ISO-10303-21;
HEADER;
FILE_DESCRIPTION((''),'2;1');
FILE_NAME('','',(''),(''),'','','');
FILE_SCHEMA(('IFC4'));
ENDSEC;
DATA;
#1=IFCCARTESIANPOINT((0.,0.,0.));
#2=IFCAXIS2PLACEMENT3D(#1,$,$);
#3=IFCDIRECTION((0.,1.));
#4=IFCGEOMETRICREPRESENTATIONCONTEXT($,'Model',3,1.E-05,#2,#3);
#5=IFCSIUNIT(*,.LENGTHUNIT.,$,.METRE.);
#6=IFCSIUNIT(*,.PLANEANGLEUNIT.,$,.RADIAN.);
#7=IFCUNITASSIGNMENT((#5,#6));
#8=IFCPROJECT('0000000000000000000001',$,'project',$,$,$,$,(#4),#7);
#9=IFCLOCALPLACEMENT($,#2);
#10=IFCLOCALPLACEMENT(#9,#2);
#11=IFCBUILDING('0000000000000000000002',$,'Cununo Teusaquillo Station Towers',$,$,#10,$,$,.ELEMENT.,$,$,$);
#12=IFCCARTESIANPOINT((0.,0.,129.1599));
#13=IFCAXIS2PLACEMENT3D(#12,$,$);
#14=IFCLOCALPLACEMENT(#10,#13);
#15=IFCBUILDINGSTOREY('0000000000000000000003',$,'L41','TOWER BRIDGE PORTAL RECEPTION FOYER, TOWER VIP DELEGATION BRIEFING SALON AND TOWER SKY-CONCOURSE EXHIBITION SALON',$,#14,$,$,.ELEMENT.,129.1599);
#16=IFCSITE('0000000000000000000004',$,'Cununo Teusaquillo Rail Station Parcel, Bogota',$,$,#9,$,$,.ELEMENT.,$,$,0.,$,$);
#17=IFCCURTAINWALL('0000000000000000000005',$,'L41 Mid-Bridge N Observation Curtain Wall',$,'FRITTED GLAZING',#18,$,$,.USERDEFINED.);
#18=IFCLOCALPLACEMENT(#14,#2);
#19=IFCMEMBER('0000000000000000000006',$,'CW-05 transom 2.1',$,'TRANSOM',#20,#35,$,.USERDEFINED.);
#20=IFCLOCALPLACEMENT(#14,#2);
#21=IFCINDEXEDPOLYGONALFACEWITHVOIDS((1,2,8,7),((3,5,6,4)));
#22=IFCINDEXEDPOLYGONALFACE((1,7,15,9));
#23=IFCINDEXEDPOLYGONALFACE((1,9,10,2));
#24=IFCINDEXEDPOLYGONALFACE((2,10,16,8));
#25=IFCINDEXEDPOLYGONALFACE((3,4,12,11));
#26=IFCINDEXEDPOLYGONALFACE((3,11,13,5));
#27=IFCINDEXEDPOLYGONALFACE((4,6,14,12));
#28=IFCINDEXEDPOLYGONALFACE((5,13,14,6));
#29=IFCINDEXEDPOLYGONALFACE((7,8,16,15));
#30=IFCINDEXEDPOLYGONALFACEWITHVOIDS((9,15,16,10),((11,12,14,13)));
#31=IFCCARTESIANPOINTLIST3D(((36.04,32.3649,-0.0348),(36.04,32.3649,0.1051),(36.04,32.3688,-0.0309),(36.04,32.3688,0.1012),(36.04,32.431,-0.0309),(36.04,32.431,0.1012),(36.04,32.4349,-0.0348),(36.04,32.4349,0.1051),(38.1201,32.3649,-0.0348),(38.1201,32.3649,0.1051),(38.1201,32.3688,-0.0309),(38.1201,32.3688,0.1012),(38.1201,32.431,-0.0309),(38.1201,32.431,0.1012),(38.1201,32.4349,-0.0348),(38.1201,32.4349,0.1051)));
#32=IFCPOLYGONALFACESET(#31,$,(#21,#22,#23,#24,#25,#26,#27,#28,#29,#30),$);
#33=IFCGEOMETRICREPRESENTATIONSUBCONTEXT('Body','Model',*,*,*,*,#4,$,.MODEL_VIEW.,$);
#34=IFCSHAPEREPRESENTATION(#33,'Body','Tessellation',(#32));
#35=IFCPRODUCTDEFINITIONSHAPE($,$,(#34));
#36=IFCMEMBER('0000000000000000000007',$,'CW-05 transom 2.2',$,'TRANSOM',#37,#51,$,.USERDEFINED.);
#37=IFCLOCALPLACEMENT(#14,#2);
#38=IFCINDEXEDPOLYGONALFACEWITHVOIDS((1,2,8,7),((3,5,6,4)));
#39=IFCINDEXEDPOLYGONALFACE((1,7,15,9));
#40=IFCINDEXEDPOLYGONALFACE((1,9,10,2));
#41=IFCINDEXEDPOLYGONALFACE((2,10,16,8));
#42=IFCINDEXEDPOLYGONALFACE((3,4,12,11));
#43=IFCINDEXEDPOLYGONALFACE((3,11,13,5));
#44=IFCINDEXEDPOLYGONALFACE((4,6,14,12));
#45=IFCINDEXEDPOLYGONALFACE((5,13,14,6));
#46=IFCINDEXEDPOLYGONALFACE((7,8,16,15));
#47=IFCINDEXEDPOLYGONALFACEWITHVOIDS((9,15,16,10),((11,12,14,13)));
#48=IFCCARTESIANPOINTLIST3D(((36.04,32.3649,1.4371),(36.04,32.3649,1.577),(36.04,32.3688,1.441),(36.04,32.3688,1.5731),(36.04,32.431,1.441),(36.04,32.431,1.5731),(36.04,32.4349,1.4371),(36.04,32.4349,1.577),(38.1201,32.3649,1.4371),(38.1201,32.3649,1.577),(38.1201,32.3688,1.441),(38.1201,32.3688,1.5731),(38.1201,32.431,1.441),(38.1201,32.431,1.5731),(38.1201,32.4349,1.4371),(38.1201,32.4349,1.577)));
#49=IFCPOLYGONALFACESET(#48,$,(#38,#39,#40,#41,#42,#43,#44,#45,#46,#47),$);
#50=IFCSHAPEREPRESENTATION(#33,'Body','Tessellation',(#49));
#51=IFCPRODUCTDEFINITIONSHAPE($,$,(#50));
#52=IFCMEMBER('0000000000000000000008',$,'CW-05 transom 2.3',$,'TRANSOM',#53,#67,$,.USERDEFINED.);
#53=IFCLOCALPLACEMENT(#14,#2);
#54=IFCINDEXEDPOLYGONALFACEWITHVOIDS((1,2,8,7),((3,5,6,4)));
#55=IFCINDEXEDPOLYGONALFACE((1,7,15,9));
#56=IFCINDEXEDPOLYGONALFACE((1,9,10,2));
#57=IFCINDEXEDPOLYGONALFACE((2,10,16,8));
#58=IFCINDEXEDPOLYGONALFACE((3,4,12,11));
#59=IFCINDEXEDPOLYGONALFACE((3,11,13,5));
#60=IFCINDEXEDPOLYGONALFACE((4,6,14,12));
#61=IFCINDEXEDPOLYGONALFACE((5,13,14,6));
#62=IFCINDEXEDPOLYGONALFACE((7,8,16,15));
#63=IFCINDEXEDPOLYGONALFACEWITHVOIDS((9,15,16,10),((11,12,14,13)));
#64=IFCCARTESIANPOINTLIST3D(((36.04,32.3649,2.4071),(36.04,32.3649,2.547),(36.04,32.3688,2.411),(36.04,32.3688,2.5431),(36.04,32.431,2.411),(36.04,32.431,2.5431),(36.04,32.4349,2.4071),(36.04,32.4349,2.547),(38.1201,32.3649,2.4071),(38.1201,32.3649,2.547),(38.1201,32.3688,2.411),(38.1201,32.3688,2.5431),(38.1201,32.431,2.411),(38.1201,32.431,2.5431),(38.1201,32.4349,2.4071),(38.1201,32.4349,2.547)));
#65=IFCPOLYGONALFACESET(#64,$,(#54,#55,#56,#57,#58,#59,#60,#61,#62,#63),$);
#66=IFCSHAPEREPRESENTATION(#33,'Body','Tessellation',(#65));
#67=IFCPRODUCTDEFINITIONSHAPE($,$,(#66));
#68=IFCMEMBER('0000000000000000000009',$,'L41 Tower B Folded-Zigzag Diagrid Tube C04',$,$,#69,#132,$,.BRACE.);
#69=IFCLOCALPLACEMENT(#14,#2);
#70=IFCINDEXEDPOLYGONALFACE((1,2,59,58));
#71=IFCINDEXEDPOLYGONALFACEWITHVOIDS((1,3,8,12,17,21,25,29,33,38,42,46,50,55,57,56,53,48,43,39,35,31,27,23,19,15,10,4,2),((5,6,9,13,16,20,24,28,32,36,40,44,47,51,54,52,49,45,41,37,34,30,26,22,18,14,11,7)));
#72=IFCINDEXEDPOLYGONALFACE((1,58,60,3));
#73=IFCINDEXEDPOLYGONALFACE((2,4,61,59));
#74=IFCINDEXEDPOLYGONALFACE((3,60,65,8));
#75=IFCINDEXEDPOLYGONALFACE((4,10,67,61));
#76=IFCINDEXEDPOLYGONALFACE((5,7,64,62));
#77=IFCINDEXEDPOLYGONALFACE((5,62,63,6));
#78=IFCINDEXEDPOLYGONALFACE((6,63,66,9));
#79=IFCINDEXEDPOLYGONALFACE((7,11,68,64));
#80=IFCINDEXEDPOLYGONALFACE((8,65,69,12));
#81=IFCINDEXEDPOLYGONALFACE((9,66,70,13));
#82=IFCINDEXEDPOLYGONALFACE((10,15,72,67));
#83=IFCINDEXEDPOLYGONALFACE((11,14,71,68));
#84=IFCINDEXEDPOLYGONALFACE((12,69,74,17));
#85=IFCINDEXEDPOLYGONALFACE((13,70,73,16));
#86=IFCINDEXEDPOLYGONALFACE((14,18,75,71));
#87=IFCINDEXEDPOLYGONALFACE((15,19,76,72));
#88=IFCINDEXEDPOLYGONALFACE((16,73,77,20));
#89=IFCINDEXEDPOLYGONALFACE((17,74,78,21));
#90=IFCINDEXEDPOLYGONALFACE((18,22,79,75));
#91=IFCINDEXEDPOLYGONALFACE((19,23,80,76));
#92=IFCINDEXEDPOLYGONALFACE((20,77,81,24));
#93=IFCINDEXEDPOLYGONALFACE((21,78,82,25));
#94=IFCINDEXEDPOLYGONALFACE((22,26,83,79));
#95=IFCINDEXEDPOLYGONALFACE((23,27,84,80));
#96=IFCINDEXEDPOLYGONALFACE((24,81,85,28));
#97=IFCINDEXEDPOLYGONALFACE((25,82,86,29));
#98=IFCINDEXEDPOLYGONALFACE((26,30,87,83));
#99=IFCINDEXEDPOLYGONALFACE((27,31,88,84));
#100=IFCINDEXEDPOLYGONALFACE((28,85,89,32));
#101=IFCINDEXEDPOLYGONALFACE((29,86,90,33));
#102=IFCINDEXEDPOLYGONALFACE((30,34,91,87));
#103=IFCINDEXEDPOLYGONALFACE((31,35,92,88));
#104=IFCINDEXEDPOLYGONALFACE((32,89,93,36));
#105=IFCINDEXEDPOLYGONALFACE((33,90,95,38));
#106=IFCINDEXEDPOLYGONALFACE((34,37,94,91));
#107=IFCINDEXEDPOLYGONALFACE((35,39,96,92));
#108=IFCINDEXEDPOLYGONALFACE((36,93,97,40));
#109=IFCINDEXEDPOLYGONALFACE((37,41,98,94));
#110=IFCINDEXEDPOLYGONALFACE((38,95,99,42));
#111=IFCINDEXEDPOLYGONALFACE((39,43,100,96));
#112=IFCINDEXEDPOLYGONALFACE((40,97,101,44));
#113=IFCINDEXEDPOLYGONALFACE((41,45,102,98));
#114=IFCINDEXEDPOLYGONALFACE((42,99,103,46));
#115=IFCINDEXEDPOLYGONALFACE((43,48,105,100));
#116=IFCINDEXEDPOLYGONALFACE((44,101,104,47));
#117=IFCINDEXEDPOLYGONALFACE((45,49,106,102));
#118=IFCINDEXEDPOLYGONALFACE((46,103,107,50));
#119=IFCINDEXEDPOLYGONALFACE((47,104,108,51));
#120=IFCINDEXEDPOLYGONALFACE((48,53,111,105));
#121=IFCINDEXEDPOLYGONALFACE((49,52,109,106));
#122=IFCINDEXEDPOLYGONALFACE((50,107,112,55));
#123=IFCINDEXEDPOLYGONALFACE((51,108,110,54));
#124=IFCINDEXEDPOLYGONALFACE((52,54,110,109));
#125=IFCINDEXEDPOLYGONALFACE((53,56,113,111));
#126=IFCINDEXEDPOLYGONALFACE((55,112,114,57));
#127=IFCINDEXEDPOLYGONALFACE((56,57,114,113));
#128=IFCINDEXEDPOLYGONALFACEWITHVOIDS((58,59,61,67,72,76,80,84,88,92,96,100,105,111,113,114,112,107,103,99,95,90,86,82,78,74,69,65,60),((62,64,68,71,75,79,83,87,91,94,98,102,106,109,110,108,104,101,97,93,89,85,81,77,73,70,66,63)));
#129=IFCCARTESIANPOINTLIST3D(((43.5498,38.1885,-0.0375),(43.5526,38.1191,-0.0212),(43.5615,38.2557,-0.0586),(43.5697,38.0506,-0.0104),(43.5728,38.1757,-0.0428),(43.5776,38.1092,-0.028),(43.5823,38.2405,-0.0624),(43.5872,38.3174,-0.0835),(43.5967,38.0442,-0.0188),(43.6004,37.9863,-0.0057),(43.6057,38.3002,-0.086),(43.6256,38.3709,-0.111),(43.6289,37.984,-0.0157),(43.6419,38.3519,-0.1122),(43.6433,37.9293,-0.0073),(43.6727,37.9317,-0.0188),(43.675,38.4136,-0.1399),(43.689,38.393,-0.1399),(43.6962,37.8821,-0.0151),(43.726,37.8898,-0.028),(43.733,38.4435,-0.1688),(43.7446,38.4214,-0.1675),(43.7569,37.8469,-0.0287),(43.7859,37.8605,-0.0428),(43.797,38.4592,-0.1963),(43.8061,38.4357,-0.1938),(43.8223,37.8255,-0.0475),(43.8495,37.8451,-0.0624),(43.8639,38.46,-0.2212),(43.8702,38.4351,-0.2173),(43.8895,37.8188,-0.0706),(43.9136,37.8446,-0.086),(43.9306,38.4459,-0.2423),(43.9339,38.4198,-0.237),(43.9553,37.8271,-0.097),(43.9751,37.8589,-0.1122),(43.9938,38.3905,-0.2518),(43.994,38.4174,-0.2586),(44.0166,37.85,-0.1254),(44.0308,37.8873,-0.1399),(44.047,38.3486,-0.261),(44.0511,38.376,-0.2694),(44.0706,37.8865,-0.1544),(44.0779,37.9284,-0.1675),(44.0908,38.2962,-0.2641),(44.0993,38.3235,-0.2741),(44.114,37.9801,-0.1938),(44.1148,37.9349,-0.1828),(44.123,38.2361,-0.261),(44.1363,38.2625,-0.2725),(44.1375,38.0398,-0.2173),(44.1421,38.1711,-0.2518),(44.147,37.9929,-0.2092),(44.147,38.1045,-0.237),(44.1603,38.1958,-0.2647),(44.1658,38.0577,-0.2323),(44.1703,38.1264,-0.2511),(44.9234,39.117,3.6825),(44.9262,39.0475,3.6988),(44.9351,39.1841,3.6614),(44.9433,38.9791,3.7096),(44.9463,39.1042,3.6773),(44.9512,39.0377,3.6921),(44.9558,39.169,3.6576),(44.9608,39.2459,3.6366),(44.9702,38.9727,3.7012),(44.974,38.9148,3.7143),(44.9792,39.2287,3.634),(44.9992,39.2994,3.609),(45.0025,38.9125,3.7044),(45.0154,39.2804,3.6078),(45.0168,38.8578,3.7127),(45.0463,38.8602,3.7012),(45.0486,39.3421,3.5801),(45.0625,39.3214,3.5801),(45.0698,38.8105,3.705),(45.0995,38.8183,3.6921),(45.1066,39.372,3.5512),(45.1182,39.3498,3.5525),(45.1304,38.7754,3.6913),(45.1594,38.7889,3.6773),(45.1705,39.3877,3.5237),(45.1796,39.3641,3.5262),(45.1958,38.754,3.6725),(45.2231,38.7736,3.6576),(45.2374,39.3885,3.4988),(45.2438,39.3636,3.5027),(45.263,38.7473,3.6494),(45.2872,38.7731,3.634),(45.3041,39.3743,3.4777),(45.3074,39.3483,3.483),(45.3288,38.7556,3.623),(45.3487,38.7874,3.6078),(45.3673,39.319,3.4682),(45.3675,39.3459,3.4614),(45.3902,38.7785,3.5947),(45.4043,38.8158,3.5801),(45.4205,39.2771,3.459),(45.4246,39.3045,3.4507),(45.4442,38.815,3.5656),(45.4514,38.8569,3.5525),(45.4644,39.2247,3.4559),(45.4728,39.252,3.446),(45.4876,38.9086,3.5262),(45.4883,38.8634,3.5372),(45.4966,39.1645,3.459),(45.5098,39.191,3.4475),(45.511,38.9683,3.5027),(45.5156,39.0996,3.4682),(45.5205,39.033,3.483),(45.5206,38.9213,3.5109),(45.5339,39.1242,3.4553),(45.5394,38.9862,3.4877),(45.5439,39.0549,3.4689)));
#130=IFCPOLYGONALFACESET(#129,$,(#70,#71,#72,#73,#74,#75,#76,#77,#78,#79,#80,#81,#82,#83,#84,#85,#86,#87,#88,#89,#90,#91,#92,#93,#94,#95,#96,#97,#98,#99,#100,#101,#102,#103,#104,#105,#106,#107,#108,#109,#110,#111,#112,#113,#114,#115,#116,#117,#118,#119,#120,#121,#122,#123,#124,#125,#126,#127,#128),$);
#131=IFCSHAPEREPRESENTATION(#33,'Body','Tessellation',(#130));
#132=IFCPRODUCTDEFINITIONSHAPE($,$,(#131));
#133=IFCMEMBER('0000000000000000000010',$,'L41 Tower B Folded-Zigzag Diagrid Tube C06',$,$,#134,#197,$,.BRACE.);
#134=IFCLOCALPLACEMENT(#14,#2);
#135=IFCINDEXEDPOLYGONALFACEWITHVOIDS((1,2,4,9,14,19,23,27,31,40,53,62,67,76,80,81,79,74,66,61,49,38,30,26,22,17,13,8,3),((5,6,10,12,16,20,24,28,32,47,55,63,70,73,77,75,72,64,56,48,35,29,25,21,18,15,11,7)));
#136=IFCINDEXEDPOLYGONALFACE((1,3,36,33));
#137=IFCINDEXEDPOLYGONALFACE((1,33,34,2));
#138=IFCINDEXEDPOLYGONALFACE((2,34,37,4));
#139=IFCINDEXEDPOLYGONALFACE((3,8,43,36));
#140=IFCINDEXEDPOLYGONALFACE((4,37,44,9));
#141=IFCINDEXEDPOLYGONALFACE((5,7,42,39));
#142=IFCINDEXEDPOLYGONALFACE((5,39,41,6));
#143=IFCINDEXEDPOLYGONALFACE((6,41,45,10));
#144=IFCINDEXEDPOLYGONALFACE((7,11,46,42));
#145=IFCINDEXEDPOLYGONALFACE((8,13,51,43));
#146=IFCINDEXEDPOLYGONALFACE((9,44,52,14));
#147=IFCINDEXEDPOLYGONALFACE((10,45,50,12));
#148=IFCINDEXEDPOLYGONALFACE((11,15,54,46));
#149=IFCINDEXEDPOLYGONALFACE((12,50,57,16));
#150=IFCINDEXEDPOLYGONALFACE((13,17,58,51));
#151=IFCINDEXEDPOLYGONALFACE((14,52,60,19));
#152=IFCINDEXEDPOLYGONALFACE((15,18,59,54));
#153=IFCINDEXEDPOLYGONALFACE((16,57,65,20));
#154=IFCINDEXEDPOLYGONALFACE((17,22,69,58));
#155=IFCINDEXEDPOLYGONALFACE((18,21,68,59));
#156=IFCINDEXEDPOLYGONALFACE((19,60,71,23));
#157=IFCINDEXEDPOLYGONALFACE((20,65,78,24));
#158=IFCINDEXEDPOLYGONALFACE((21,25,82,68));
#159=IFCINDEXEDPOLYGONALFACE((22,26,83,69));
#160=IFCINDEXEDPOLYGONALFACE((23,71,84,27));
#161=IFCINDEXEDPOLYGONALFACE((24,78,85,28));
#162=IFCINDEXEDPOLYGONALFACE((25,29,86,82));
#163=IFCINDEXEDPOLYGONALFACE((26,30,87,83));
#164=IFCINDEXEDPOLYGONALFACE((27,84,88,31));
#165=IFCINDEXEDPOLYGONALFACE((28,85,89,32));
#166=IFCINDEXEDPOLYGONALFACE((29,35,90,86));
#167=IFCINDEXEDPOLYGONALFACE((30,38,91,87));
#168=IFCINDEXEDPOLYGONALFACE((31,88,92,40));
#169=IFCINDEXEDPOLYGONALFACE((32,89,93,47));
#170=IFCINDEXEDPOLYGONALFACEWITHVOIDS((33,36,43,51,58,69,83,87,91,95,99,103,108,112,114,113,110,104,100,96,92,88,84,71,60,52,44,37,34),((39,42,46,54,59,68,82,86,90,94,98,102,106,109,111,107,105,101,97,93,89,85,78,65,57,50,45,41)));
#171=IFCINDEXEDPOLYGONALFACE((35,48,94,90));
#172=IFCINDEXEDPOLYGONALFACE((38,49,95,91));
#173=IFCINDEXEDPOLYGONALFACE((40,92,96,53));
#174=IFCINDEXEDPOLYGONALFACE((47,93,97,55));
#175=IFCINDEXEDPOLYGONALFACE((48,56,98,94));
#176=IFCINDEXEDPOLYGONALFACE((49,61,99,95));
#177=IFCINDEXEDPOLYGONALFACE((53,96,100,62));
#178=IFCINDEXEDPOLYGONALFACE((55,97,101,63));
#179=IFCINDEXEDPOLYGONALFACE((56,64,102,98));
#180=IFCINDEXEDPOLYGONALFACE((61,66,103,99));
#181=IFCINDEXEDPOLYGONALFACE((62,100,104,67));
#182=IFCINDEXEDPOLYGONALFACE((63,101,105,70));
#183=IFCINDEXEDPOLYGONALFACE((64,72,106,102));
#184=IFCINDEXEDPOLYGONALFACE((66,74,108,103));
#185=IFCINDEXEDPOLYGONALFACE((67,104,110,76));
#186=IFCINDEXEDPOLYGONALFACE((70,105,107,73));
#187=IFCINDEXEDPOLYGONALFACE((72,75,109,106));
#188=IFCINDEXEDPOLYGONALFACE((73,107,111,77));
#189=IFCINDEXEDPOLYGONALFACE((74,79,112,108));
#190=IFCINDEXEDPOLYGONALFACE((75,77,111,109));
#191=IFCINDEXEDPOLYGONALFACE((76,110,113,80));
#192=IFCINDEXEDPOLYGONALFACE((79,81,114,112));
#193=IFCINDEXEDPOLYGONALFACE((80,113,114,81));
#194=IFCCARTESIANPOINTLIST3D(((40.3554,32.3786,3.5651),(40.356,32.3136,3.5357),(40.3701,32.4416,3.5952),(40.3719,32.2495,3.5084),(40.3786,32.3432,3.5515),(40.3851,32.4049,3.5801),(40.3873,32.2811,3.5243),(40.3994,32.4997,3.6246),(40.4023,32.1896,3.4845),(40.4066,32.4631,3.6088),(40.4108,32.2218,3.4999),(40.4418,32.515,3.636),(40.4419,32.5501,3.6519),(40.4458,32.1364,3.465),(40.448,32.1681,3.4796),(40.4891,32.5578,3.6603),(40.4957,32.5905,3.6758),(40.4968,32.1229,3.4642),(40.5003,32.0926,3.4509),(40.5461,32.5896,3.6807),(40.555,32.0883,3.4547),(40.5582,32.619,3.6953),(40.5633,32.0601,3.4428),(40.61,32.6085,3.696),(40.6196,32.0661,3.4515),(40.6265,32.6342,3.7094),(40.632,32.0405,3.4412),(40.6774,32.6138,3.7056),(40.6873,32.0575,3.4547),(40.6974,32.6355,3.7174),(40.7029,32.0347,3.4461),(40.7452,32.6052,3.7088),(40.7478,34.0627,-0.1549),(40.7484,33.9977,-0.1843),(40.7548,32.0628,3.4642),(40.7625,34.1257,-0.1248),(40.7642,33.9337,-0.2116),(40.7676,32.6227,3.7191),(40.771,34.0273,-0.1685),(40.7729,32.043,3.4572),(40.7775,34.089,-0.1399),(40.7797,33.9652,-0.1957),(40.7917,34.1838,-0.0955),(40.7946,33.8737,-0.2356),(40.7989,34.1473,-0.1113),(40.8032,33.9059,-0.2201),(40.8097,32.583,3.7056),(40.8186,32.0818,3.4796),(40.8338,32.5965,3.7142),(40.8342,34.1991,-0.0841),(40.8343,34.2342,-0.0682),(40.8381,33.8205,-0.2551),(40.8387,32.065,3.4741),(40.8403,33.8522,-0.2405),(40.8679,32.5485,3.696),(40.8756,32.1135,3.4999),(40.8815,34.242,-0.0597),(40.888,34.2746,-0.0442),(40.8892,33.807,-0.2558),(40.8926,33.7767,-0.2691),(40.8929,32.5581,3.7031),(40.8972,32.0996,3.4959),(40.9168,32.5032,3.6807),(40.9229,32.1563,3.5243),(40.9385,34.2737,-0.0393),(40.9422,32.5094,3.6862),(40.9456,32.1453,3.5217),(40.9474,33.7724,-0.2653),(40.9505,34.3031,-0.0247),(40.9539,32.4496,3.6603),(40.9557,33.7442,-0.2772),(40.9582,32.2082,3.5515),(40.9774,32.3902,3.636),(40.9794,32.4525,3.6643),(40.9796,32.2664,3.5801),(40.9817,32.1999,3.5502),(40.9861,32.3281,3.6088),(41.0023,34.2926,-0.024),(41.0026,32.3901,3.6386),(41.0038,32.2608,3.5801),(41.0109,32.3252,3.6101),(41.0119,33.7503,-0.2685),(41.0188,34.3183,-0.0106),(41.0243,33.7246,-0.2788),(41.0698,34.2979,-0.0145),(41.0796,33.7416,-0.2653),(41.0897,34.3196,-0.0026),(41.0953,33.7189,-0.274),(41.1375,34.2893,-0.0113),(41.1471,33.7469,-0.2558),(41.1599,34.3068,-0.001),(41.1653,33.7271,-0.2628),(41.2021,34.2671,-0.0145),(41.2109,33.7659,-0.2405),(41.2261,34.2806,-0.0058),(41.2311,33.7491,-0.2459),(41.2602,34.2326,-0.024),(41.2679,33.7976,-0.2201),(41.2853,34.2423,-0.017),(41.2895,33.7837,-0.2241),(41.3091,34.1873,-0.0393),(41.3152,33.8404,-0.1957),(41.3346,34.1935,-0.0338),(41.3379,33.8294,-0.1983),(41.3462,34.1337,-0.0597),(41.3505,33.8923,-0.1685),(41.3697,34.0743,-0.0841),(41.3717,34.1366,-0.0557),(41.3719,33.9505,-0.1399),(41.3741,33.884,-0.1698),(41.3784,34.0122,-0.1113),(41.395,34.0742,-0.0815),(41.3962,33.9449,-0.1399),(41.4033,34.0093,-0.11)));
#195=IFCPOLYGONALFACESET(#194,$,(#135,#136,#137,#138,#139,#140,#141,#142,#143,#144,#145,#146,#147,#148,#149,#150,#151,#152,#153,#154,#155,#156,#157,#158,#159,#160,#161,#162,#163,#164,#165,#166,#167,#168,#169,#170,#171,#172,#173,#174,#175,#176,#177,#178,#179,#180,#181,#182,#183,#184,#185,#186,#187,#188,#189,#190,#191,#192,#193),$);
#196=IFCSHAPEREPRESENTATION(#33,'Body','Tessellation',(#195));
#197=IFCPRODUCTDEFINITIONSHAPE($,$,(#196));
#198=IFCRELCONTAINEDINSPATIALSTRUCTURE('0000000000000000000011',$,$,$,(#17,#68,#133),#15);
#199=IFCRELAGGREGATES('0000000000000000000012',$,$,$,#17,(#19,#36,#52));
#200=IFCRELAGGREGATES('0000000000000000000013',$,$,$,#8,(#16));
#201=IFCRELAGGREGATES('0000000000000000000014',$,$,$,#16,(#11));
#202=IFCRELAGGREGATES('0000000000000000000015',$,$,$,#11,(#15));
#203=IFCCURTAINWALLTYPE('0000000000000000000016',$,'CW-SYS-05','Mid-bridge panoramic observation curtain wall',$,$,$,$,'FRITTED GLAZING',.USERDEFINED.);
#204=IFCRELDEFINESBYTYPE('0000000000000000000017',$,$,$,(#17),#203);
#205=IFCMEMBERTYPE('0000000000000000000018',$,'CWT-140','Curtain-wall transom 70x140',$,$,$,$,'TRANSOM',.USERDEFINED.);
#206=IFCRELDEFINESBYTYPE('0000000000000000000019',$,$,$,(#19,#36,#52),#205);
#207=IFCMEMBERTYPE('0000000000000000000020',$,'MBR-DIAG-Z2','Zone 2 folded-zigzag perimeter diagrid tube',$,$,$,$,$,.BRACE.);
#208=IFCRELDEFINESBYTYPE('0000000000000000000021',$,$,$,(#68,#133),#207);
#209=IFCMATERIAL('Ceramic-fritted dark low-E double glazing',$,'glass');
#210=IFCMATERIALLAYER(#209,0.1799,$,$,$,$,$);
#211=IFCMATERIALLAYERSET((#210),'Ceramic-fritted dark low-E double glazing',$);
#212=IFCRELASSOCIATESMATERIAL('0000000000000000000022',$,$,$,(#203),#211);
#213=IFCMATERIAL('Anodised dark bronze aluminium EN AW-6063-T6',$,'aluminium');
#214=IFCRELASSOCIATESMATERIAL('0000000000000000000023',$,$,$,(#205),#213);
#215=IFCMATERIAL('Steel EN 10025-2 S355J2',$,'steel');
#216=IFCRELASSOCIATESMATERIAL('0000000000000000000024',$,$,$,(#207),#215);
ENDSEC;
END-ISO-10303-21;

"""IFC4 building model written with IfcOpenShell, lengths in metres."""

from ifc_helpers import new_model, si_unit, direction, frame, origin, origin_2d, place, context, subcontext, project, spatial, hollow_rectangle, hollow_circle, extrude, material, layer, layer_set, material_profile, profile_set, type_object, element, aggregate, save


model = new_model("IFC4")

# Units and contexts
model_context = context("Model", 3, precision=1e-05, world=origin(), true_north=direction((0.0, 1.0)))
body_context = subcontext(model_context, "Body", "Model", "MODEL_VIEW")
ifc_project = project(units=[si_unit("LENGTHUNIT", "METRE"), si_unit("PLANEANGLEUNIT", "RADIAN")], contexts=[model_context])

# Site, building, storey
site_placement = place(None, origin())
site = spatial("IfcSite", under=ifc_project, at=site_placement, Name="Cununo Teusaquillo Rail Station Parcel, Bogota", CompositionType="ELEMENT", RefElevation=0.0)
building_placement = place(site_placement, origin())
building = spatial("IfcBuilding", under=site, at=building_placement, Name="Cununo Teusaquillo Station Towers", CompositionType="ELEMENT")
storey_placement = place(building_placement, frame((0.0, 0.0, 129.1599)))
storey = spatial("IfcBuildingStorey", under=building, at=storey_placement, Name="L41", Description="TOWER BRIDGE PORTAL RECEPTION FOYER, TOWER VIP DELEGATION BRIEFING SALON AND TOWER SKY-CONCOURSE EXHIBITION SALON", CompositionType="ELEMENT", Elevation=129.1599)

# Curtain wall, members
ifc_material_1 = material(Name="Ceramic-fritted dark low-E double glazing", Category="glass")
ifc_layer_1 = layer(ifc_material_1, 0.1799)
ifc_layer_set_1 = layer_set([ifc_layer_1], Name="Ceramic-fritted dark low-E double glazing")
curtain_wall_type = type_object("IfcCurtainWallType", Name="CW-SYS-05", Description="Mid-bridge panoramic observation curtain wall", ElementType="FRITTED GLAZING", PredefinedType="USERDEFINED", material=ifc_layer_set_1)
curtain_wall_placement = place(storey_placement, origin())
curtain_wall = element("IfcCurtainWall", 1, at=curtain_wall_placement, inside=storey, type_object=curtain_wall_type, Name="L41 Mid-Bridge N Observation Curtain Wall", ObjectType="FRITTED GLAZING", PredefinedType="USERDEFINED")
ifc_material_2 = material(Name="Anodised dark bronze aluminium EN AW-6063-T6", Category="aluminium")
ifc_material_profile_1 = material_profile(ifc_material_2, hollow_rectangle(XDim=0.0701, YDim=0.1399, WallThickness=0.0039, at=origin_2d()), Name="CW-TRAN-70x140")
ifc_profile_set_1 = profile_set([ifc_material_profile_1], Name="Anodised dark bronze aluminium EN AW-6063-T6")
member_type_1 = type_object("IfcMemberType", Name="CWT-140", Description="Curtain-wall transom 70x140", ElementType="TRANSOM", PredefinedType="USERDEFINED", material=ifc_profile_set_1)
member_1_placement = place(storey_placement, frame((36.04, 32.3999, 0.0352), z_axis=(1.0, 0.0, 0.0), x_axis=(0.0, 1.0, 0.0)))
member_1 = element("IfcMember", 2, at=member_1_placement, type_object=member_type_1, Name="CW-05 transom 2.1", ObjectType="TRANSOM", PredefinedType="USERDEFINED", context=body_context, shape_type="SweptSolid", body=[
    extrude(hollow_rectangle(XDim=0.0701, YDim=0.1399, WallThickness=0.0039, at=origin_2d()), origin(), (0.0, 0.0, 1.0), 2.0801),
])
member_2_placement = place(storey_placement, frame((36.04, 32.3999, 1.5071), z_axis=(1.0, 0.0, 0.0), x_axis=(0.0, 1.0, 0.0)))
member_2 = element("IfcMember", 3, at=member_2_placement, type_object=member_type_1, Name="CW-05 transom 2.2", ObjectType="TRANSOM", PredefinedType="USERDEFINED", context=body_context, shape_type="SweptSolid", body=[
    extrude(hollow_rectangle(XDim=0.0701, YDim=0.1399, WallThickness=0.0039, at=origin_2d()), origin(), (0.0, 0.0, 1.0), 2.0801),
])
member_3_placement = place(storey_placement, frame((36.04, 32.3999, 2.4771), z_axis=(1.0, 0.0, 0.0), x_axis=(0.0, 1.0, 0.0)))
member_3 = element("IfcMember", 4, at=member_3_placement, type_object=member_type_1, Name="CW-05 transom 2.3", ObjectType="TRANSOM", PredefinedType="USERDEFINED", context=body_context, shape_type="SweptSolid", body=[
    extrude(hollow_rectangle(XDim=0.0701, YDim=0.1399, WallThickness=0.0039, at=origin_2d()), origin(), (0.0, 0.0, 1.0), 2.0801),
])

# Members
ifc_material_3 = material(Name="Steel EN 10025-2 S355J2", Category="steel")
ifc_material_profile_2 = material_profile(ifc_material_3, hollow_circle(Radius=0.3301, WallThickness=0.0249, at=origin_2d()), Name="CHS 660x25")
ifc_profile_set_2 = profile_set([ifc_material_profile_2], Name="Steel EN 10025-2 S355J2")
member_type_2 = type_object("IfcMemberType", Name="MBR-DIAG-Z2", Description="Zone 2 folded-zigzag perimeter diagrid tube", PredefinedType="BRACE", material=ifc_profile_set_2)
member_4_placement = place(storey_placement, frame((43.8599, 38.1401, -0.1399), z_axis=(0.337255, 0.227974, 0.913393), x_axis=(-0.560024, 0.828476, 0.0)))
element("IfcMember", 5, at=member_4_placement, inside=storey, type_object=member_type_2, Name="L41 Tower B Folded-Zigzag Diagrid Tube C04", PredefinedType="BRACE", context=body_context, shape_type="SweptSolid", body=[
    extrude(hollow_circle(Radius=0.3301, WallThickness=0.0249, at=origin_2d()), origin(), (0.0, 0.0, 1.0), 4.0728),
])
member_5_placement = place(storey_placement, frame((41.0747, 34.0198, -0.1399), z_axis=(-0.095639, -0.410529, 0.906818), x_axis=(0.97392, -0.22689, 0.0)))
element("IfcMember", 6, at=member_5_placement, inside=storey, type_object=member_type_2, Name="L41 Tower B Folded-Zigzag Diagrid Tube C06", PredefinedType="BRACE", context=body_context, shape_type="SweptSolid", body=[
    extrude(hollow_circle(Radius=0.3301, WallThickness=0.0249, at=origin_2d()), origin(), (0.0, 0.0, 1.0), 4.1023),
])

aggregate(curtain_wall, [member_1, member_2, member_3])

save(model, "model.ifc")
